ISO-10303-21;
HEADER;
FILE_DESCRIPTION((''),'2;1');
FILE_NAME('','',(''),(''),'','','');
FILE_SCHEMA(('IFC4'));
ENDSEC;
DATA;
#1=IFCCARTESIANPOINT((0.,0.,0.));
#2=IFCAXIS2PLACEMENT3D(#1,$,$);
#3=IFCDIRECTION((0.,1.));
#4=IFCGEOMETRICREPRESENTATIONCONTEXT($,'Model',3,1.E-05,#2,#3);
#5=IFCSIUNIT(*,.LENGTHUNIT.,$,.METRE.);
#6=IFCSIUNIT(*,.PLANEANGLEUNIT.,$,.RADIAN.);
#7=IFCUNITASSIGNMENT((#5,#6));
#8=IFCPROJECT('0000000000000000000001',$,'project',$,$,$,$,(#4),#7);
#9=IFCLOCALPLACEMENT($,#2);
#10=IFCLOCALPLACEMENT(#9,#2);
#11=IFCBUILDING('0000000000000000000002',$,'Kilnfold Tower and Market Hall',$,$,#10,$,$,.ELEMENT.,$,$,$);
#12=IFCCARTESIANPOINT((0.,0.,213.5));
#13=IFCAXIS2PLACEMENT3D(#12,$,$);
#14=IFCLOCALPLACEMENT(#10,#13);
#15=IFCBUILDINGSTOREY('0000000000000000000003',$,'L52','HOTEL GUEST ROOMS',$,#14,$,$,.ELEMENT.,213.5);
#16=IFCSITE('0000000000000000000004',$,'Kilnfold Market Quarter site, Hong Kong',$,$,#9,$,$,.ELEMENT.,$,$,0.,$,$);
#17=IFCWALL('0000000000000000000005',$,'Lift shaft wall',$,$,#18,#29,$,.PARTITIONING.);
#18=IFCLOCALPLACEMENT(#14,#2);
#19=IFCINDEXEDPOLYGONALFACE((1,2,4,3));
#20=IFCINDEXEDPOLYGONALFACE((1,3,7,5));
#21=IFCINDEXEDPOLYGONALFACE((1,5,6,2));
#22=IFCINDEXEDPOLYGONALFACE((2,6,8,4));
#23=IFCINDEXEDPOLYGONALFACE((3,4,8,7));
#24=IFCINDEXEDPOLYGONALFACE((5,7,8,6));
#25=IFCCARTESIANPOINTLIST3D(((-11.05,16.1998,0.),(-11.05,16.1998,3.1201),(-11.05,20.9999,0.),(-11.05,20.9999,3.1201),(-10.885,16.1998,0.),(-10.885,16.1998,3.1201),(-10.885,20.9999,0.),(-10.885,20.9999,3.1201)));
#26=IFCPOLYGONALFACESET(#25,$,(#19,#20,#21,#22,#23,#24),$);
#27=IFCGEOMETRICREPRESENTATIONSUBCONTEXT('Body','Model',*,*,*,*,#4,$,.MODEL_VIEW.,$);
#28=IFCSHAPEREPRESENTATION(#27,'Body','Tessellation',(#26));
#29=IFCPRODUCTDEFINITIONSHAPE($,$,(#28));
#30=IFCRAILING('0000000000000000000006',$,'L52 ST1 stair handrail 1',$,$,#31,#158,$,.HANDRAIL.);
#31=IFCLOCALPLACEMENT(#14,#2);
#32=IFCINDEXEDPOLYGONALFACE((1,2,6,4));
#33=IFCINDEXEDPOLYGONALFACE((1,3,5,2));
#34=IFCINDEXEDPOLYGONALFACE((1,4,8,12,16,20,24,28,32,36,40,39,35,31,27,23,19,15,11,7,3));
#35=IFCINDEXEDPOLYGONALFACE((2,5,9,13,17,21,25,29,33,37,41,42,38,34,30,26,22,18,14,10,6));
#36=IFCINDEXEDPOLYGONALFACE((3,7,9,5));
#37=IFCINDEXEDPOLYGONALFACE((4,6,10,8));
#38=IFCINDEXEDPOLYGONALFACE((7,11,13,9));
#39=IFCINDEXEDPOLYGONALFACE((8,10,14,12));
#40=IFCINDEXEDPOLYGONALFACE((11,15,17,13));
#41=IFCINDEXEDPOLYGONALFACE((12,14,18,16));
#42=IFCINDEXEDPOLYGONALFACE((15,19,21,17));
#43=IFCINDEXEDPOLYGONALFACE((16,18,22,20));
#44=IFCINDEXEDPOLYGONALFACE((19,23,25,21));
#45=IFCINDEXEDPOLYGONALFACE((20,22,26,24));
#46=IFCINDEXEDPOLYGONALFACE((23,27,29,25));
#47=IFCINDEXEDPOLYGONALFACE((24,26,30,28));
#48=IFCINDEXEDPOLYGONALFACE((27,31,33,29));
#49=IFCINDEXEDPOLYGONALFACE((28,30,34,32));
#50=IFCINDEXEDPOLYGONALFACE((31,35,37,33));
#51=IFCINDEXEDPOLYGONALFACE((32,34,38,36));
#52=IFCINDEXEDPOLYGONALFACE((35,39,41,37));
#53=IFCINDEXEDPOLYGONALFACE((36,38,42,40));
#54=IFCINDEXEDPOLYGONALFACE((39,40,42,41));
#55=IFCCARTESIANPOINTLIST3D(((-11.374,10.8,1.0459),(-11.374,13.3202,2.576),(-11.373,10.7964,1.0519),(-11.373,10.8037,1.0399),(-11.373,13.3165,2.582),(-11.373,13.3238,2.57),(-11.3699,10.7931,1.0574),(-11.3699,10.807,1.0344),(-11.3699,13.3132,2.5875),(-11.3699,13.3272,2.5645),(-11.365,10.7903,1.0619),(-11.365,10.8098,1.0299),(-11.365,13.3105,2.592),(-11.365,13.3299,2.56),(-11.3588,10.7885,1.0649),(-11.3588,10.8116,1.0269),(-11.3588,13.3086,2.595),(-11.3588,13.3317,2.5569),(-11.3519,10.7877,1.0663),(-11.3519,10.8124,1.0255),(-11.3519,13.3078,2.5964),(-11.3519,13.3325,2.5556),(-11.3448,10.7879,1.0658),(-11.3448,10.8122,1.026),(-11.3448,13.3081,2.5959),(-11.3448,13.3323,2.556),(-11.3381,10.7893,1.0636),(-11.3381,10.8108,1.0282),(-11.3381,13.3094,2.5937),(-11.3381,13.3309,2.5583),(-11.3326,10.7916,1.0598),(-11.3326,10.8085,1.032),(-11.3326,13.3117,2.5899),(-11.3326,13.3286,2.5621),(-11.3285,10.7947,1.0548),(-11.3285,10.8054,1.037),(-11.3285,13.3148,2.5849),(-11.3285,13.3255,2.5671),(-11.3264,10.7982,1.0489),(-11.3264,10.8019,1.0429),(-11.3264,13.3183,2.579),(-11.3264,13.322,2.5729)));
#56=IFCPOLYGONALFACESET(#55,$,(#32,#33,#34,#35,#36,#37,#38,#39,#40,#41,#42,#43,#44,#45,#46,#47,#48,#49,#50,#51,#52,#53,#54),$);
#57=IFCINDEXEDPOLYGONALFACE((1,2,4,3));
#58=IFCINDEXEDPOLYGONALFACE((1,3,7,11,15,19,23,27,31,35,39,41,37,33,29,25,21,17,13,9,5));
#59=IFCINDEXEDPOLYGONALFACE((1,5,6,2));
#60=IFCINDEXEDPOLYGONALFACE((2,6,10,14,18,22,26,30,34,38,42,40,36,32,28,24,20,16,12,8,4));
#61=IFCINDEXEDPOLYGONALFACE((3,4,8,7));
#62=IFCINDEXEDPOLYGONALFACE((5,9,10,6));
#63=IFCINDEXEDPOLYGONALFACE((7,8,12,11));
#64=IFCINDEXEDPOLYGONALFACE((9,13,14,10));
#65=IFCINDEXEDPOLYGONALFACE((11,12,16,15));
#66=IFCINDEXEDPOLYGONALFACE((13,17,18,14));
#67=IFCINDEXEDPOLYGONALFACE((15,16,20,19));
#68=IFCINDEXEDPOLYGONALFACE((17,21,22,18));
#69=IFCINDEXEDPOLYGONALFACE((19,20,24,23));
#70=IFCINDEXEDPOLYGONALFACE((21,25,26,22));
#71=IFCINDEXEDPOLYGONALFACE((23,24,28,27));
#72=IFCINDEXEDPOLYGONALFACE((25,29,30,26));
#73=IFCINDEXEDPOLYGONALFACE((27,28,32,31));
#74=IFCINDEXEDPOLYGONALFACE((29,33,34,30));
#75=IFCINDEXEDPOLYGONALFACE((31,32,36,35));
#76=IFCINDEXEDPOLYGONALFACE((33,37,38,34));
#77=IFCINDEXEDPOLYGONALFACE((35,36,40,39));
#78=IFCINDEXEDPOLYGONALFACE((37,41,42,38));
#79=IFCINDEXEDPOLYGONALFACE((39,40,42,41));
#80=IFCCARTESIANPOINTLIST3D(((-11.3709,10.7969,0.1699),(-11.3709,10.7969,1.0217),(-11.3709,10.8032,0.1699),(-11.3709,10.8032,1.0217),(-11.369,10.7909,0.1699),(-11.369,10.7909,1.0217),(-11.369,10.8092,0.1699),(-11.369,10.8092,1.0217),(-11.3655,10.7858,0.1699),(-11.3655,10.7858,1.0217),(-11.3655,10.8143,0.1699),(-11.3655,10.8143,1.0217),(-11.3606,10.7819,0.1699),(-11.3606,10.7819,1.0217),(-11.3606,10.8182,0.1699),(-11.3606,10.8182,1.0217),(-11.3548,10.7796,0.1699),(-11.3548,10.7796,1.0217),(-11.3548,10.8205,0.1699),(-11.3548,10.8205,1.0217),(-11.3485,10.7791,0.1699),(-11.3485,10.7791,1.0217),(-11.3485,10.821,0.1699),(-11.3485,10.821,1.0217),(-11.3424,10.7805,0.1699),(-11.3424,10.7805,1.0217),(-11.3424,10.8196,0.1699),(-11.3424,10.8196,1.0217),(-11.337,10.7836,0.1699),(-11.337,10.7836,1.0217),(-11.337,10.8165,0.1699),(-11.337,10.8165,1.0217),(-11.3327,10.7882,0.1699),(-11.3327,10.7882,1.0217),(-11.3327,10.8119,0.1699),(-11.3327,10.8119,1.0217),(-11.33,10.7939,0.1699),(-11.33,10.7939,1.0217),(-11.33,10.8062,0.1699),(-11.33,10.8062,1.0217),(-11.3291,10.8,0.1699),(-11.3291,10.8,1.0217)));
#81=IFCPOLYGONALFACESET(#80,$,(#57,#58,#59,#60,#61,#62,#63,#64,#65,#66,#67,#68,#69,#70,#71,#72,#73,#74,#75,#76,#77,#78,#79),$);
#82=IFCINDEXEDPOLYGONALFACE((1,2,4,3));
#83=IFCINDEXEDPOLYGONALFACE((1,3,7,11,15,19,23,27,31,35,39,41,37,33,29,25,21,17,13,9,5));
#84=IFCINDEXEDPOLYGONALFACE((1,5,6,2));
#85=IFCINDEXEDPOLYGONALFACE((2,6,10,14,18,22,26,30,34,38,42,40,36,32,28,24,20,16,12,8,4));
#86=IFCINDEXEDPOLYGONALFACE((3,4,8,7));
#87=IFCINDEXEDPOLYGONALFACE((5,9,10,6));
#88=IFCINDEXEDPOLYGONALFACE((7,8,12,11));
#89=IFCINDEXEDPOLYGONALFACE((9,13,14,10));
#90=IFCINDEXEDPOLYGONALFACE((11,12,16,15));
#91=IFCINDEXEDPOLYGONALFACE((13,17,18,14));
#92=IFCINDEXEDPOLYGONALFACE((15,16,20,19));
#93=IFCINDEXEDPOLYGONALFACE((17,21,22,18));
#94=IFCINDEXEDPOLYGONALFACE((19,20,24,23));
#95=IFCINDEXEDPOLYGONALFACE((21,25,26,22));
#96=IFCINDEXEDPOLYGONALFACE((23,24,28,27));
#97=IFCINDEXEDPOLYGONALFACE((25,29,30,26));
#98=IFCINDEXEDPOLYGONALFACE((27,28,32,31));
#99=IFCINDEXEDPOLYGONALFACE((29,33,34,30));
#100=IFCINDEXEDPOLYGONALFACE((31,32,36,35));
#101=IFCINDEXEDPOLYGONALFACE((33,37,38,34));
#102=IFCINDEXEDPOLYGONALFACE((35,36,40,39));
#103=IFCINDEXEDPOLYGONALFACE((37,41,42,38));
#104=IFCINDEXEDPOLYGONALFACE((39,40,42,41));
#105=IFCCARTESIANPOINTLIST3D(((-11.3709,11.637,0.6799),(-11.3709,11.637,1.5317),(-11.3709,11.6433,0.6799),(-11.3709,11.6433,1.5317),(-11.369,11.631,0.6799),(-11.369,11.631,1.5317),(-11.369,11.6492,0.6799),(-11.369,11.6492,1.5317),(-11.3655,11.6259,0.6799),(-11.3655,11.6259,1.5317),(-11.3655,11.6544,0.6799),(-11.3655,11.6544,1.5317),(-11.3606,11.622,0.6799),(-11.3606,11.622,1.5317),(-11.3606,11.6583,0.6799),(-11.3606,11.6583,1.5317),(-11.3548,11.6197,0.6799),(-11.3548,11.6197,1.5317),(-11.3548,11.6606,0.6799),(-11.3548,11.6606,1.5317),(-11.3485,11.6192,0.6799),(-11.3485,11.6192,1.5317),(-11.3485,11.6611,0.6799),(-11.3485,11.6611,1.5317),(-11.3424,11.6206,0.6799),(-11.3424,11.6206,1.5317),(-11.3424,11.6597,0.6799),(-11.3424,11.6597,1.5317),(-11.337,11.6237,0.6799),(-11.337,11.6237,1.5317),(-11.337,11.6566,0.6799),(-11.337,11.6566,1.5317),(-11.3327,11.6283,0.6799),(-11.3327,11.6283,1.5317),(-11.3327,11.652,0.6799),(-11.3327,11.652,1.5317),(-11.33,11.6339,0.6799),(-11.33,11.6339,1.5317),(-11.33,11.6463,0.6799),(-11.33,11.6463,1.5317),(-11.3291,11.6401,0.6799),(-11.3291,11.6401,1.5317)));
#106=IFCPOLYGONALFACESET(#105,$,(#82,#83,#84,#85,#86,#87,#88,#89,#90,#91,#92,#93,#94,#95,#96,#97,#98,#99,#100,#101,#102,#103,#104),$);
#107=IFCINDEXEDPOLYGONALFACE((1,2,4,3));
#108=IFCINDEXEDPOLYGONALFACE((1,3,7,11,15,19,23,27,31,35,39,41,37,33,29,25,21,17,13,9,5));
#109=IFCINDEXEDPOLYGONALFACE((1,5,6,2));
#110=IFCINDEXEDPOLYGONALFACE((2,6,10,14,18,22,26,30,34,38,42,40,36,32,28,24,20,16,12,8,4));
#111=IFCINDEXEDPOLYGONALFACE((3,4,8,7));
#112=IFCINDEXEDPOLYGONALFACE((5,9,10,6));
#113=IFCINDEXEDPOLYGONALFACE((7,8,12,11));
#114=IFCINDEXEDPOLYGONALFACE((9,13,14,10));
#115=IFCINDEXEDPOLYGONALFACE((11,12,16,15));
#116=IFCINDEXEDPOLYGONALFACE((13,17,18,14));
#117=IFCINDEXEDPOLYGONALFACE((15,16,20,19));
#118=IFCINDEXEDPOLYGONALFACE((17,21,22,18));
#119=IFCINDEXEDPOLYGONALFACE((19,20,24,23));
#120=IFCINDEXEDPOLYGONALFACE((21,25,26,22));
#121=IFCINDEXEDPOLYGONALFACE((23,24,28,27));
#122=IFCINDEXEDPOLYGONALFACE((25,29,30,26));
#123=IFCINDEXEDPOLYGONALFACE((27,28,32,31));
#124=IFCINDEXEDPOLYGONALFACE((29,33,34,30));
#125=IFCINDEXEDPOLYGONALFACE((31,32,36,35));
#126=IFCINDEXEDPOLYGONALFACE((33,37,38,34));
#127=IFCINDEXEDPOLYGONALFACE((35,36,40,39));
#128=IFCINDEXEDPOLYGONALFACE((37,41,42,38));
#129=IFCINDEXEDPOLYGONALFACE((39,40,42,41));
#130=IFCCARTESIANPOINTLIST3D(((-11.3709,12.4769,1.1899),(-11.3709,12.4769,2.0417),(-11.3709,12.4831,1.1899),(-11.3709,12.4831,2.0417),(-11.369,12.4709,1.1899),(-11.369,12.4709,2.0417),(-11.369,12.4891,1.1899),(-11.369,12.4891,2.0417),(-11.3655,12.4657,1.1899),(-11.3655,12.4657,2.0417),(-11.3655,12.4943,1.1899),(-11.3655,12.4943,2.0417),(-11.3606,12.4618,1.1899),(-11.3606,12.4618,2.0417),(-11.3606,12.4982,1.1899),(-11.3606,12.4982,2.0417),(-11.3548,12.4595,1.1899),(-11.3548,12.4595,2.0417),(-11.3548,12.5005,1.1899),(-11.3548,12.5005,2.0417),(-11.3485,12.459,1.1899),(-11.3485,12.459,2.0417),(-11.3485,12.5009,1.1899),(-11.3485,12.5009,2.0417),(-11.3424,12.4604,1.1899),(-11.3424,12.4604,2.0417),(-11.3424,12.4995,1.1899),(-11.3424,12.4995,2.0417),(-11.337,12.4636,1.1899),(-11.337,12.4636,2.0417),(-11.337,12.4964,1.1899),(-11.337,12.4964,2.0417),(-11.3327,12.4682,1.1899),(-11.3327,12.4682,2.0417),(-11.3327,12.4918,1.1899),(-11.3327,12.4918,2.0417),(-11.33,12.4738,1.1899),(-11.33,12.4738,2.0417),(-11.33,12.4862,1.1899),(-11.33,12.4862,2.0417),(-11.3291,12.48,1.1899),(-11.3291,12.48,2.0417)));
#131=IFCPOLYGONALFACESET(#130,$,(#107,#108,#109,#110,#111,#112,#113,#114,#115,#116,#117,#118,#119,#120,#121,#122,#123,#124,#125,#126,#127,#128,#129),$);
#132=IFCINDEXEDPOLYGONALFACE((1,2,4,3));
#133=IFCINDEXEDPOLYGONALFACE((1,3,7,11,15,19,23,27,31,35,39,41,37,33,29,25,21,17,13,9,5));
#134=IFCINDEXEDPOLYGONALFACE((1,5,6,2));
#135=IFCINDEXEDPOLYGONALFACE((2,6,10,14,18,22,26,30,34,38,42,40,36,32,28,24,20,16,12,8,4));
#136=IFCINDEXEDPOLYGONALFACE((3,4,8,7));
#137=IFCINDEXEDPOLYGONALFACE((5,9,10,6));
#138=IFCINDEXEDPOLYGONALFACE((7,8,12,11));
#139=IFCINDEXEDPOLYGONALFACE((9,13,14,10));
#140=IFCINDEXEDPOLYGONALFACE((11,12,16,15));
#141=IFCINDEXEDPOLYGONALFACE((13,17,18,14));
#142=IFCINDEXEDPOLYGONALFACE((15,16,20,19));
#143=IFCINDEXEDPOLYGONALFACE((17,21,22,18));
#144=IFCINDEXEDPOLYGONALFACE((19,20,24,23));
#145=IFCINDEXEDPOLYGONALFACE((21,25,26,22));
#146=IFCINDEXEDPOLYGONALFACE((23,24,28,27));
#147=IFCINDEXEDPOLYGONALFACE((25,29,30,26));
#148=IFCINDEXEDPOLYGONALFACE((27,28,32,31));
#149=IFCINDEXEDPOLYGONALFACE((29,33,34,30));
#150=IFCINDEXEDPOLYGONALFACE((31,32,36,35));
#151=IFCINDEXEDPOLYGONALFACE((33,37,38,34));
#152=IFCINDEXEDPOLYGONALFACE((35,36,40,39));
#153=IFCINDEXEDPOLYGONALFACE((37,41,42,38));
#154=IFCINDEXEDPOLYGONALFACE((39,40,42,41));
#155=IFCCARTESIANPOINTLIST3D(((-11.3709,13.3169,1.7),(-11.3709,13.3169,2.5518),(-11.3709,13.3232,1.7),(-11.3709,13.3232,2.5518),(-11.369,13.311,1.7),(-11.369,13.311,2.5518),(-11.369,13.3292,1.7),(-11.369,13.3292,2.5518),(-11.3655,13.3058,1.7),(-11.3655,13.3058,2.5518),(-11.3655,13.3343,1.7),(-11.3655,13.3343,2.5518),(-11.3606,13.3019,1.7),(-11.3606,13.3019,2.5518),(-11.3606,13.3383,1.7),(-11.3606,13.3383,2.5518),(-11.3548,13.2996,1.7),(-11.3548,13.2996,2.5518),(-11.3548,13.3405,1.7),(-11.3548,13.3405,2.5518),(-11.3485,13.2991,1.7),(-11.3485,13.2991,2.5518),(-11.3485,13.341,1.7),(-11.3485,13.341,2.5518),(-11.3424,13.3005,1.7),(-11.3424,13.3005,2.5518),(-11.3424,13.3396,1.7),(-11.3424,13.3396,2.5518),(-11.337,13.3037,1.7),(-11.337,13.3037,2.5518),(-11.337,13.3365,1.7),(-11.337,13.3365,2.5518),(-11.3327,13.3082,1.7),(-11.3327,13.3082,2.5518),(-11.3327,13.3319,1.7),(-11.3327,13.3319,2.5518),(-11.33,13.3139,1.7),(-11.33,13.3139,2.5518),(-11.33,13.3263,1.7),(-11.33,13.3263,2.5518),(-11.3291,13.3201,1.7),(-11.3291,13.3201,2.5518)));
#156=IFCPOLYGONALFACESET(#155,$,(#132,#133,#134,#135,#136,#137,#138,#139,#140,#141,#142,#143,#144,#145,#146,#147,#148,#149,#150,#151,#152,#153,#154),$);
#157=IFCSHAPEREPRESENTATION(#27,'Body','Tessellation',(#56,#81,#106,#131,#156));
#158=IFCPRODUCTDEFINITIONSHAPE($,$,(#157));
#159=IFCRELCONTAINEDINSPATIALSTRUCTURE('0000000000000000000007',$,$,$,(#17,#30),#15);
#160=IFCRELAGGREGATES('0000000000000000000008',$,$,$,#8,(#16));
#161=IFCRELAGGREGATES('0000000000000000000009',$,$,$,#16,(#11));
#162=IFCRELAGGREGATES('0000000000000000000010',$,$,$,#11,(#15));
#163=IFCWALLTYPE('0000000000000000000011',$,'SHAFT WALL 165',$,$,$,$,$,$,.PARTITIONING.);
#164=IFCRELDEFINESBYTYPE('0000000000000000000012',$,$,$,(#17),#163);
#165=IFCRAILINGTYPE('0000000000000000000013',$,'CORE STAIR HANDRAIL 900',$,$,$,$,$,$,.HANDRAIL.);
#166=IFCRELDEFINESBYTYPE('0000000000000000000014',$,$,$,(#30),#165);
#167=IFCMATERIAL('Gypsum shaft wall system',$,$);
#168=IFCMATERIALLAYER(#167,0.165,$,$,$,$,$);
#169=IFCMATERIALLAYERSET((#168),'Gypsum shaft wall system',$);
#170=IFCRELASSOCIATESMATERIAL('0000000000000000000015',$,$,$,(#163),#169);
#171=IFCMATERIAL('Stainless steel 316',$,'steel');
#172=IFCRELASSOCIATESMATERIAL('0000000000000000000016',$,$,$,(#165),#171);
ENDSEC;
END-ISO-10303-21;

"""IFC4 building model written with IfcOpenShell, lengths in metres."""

from ifc_helpers import new_model, si_unit, direction, frame, frame_2d, origin, origin_2d, place, context, subcontext, project, spatial, rectangle, circle, extrude, source, transform, mapped, material, layer, layer_set, type_object, element, save


model = new_model("IFC4")

# Units and contexts
model_context = context("Model", 3, precision=1e-05, world=origin(), true_north=direction((0.0, 1.0)))
body_context = subcontext(model_context, "Body", "Model", "MODEL_VIEW")
ifc_project = project(units=[si_unit("LENGTHUNIT", "METRE"), si_unit("PLANEANGLEUNIT", "RADIAN")], contexts=[model_context])

# Site, building, storey
site_placement = place(None, origin())
site = spatial("IfcSite", under=ifc_project, at=site_placement, Name="Kilnfold Market Quarter site, Hong Kong", CompositionType="ELEMENT", RefElevation=0.0)
building_placement = place(site_placement, origin())
building = spatial("IfcBuilding", under=site, at=building_placement, Name="Kilnfold Tower and Market Hall", CompositionType="ELEMENT")
storey_placement = place(building_placement, frame((0.0, 0.0, 213.5)))
storey = spatial("IfcBuildingStorey", under=building, at=storey_placement, Name="L52", Description="HOTEL GUEST ROOMS", CompositionType="ELEMENT", Elevation=213.5)

# Wall
ifc_material_1 = material(Name="Gypsum shaft wall system")
ifc_layer_1 = layer(ifc_material_1, 0.165)
ifc_layer_set_1 = layer_set([ifc_layer_1], Name="Gypsum shaft wall system")
wall_type_1 = type_object("IfcWallType", Name="SHAFT WALL 165", PredefinedType="PARTITIONING", material=ifc_layer_set_1)
shared_shape_1 = source(origin(), body_context, "Body", "SweptSolid", [
    extrude(rectangle(XDim=4.8, YDim=0.165, at=frame_2d((2.3999, 0.0))), origin(), (0.0, 0.0, 1.0), 3.1201),
])
wall_1_placement = place(storey_placement, frame((-10.9675, 16.2, 0.0), z_axis=(0.0, 0.0, 1.0), x_axis=(0.0, 1.0, 0.0)))
element("IfcWall", 1, at=wall_1_placement, inside=storey, type_object=wall_type_1, Name="Lift shaft wall", PredefinedType="PARTITIONING", context=body_context, shape_type="MappedRepresentation", body=[
    mapped(shared_shape_1, transform((0.0, 0.0, 0.0))),
])

# Railing
ifc_material_2 = material(Name="Stainless steel 316", Category="steel")
railing_type_1 = type_object("IfcRailingType", Name="CORE STAIR HANDRAIL 900", PredefinedType="HANDRAIL", material=ifc_material_2)
railing_1_placement = place(storey_placement, frame((-11.3501, 10.8, 0.1699)))
element("IfcRailing", 2, at=railing_1_placement, inside=storey, type_object=railing_type_1, Name="L52 ST1 stair handrail 1", PredefinedType="HANDRAIL", context=body_context, shape_type="SweptSolid", body=[
    extrude(circle(Radius=0.0239, at=origin_2d()), frame((0.0, 0.0, 0.876), z_axis=(0.0, 0.854785, 0.518982), x_axis=(-1.0, 0.0, 0.0)), (0.0, 0.0, 1.0), 2.9482),
    extrude(circle(Radius=0.021, at=origin_2d()), origin(), (0.0, 0.0, 1.0), 0.8518),
    extrude(circle(Radius=0.021, at=origin_2d()), frame((0.0, 0.8401, 0.51)), (0.0, 0.0, 1.0), 0.8518),
    extrude(circle(Radius=0.021, at=origin_2d()), frame((0.0, 1.6799, 1.02)), (0.0, 0.0, 1.0), 0.8518),
    extrude(circle(Radius=0.021, at=origin_2d()), frame((0.0, 2.52, 1.53)), (0.0, 0.0, 1.0), 0.8518),
])

save(model, "model.ifc")
